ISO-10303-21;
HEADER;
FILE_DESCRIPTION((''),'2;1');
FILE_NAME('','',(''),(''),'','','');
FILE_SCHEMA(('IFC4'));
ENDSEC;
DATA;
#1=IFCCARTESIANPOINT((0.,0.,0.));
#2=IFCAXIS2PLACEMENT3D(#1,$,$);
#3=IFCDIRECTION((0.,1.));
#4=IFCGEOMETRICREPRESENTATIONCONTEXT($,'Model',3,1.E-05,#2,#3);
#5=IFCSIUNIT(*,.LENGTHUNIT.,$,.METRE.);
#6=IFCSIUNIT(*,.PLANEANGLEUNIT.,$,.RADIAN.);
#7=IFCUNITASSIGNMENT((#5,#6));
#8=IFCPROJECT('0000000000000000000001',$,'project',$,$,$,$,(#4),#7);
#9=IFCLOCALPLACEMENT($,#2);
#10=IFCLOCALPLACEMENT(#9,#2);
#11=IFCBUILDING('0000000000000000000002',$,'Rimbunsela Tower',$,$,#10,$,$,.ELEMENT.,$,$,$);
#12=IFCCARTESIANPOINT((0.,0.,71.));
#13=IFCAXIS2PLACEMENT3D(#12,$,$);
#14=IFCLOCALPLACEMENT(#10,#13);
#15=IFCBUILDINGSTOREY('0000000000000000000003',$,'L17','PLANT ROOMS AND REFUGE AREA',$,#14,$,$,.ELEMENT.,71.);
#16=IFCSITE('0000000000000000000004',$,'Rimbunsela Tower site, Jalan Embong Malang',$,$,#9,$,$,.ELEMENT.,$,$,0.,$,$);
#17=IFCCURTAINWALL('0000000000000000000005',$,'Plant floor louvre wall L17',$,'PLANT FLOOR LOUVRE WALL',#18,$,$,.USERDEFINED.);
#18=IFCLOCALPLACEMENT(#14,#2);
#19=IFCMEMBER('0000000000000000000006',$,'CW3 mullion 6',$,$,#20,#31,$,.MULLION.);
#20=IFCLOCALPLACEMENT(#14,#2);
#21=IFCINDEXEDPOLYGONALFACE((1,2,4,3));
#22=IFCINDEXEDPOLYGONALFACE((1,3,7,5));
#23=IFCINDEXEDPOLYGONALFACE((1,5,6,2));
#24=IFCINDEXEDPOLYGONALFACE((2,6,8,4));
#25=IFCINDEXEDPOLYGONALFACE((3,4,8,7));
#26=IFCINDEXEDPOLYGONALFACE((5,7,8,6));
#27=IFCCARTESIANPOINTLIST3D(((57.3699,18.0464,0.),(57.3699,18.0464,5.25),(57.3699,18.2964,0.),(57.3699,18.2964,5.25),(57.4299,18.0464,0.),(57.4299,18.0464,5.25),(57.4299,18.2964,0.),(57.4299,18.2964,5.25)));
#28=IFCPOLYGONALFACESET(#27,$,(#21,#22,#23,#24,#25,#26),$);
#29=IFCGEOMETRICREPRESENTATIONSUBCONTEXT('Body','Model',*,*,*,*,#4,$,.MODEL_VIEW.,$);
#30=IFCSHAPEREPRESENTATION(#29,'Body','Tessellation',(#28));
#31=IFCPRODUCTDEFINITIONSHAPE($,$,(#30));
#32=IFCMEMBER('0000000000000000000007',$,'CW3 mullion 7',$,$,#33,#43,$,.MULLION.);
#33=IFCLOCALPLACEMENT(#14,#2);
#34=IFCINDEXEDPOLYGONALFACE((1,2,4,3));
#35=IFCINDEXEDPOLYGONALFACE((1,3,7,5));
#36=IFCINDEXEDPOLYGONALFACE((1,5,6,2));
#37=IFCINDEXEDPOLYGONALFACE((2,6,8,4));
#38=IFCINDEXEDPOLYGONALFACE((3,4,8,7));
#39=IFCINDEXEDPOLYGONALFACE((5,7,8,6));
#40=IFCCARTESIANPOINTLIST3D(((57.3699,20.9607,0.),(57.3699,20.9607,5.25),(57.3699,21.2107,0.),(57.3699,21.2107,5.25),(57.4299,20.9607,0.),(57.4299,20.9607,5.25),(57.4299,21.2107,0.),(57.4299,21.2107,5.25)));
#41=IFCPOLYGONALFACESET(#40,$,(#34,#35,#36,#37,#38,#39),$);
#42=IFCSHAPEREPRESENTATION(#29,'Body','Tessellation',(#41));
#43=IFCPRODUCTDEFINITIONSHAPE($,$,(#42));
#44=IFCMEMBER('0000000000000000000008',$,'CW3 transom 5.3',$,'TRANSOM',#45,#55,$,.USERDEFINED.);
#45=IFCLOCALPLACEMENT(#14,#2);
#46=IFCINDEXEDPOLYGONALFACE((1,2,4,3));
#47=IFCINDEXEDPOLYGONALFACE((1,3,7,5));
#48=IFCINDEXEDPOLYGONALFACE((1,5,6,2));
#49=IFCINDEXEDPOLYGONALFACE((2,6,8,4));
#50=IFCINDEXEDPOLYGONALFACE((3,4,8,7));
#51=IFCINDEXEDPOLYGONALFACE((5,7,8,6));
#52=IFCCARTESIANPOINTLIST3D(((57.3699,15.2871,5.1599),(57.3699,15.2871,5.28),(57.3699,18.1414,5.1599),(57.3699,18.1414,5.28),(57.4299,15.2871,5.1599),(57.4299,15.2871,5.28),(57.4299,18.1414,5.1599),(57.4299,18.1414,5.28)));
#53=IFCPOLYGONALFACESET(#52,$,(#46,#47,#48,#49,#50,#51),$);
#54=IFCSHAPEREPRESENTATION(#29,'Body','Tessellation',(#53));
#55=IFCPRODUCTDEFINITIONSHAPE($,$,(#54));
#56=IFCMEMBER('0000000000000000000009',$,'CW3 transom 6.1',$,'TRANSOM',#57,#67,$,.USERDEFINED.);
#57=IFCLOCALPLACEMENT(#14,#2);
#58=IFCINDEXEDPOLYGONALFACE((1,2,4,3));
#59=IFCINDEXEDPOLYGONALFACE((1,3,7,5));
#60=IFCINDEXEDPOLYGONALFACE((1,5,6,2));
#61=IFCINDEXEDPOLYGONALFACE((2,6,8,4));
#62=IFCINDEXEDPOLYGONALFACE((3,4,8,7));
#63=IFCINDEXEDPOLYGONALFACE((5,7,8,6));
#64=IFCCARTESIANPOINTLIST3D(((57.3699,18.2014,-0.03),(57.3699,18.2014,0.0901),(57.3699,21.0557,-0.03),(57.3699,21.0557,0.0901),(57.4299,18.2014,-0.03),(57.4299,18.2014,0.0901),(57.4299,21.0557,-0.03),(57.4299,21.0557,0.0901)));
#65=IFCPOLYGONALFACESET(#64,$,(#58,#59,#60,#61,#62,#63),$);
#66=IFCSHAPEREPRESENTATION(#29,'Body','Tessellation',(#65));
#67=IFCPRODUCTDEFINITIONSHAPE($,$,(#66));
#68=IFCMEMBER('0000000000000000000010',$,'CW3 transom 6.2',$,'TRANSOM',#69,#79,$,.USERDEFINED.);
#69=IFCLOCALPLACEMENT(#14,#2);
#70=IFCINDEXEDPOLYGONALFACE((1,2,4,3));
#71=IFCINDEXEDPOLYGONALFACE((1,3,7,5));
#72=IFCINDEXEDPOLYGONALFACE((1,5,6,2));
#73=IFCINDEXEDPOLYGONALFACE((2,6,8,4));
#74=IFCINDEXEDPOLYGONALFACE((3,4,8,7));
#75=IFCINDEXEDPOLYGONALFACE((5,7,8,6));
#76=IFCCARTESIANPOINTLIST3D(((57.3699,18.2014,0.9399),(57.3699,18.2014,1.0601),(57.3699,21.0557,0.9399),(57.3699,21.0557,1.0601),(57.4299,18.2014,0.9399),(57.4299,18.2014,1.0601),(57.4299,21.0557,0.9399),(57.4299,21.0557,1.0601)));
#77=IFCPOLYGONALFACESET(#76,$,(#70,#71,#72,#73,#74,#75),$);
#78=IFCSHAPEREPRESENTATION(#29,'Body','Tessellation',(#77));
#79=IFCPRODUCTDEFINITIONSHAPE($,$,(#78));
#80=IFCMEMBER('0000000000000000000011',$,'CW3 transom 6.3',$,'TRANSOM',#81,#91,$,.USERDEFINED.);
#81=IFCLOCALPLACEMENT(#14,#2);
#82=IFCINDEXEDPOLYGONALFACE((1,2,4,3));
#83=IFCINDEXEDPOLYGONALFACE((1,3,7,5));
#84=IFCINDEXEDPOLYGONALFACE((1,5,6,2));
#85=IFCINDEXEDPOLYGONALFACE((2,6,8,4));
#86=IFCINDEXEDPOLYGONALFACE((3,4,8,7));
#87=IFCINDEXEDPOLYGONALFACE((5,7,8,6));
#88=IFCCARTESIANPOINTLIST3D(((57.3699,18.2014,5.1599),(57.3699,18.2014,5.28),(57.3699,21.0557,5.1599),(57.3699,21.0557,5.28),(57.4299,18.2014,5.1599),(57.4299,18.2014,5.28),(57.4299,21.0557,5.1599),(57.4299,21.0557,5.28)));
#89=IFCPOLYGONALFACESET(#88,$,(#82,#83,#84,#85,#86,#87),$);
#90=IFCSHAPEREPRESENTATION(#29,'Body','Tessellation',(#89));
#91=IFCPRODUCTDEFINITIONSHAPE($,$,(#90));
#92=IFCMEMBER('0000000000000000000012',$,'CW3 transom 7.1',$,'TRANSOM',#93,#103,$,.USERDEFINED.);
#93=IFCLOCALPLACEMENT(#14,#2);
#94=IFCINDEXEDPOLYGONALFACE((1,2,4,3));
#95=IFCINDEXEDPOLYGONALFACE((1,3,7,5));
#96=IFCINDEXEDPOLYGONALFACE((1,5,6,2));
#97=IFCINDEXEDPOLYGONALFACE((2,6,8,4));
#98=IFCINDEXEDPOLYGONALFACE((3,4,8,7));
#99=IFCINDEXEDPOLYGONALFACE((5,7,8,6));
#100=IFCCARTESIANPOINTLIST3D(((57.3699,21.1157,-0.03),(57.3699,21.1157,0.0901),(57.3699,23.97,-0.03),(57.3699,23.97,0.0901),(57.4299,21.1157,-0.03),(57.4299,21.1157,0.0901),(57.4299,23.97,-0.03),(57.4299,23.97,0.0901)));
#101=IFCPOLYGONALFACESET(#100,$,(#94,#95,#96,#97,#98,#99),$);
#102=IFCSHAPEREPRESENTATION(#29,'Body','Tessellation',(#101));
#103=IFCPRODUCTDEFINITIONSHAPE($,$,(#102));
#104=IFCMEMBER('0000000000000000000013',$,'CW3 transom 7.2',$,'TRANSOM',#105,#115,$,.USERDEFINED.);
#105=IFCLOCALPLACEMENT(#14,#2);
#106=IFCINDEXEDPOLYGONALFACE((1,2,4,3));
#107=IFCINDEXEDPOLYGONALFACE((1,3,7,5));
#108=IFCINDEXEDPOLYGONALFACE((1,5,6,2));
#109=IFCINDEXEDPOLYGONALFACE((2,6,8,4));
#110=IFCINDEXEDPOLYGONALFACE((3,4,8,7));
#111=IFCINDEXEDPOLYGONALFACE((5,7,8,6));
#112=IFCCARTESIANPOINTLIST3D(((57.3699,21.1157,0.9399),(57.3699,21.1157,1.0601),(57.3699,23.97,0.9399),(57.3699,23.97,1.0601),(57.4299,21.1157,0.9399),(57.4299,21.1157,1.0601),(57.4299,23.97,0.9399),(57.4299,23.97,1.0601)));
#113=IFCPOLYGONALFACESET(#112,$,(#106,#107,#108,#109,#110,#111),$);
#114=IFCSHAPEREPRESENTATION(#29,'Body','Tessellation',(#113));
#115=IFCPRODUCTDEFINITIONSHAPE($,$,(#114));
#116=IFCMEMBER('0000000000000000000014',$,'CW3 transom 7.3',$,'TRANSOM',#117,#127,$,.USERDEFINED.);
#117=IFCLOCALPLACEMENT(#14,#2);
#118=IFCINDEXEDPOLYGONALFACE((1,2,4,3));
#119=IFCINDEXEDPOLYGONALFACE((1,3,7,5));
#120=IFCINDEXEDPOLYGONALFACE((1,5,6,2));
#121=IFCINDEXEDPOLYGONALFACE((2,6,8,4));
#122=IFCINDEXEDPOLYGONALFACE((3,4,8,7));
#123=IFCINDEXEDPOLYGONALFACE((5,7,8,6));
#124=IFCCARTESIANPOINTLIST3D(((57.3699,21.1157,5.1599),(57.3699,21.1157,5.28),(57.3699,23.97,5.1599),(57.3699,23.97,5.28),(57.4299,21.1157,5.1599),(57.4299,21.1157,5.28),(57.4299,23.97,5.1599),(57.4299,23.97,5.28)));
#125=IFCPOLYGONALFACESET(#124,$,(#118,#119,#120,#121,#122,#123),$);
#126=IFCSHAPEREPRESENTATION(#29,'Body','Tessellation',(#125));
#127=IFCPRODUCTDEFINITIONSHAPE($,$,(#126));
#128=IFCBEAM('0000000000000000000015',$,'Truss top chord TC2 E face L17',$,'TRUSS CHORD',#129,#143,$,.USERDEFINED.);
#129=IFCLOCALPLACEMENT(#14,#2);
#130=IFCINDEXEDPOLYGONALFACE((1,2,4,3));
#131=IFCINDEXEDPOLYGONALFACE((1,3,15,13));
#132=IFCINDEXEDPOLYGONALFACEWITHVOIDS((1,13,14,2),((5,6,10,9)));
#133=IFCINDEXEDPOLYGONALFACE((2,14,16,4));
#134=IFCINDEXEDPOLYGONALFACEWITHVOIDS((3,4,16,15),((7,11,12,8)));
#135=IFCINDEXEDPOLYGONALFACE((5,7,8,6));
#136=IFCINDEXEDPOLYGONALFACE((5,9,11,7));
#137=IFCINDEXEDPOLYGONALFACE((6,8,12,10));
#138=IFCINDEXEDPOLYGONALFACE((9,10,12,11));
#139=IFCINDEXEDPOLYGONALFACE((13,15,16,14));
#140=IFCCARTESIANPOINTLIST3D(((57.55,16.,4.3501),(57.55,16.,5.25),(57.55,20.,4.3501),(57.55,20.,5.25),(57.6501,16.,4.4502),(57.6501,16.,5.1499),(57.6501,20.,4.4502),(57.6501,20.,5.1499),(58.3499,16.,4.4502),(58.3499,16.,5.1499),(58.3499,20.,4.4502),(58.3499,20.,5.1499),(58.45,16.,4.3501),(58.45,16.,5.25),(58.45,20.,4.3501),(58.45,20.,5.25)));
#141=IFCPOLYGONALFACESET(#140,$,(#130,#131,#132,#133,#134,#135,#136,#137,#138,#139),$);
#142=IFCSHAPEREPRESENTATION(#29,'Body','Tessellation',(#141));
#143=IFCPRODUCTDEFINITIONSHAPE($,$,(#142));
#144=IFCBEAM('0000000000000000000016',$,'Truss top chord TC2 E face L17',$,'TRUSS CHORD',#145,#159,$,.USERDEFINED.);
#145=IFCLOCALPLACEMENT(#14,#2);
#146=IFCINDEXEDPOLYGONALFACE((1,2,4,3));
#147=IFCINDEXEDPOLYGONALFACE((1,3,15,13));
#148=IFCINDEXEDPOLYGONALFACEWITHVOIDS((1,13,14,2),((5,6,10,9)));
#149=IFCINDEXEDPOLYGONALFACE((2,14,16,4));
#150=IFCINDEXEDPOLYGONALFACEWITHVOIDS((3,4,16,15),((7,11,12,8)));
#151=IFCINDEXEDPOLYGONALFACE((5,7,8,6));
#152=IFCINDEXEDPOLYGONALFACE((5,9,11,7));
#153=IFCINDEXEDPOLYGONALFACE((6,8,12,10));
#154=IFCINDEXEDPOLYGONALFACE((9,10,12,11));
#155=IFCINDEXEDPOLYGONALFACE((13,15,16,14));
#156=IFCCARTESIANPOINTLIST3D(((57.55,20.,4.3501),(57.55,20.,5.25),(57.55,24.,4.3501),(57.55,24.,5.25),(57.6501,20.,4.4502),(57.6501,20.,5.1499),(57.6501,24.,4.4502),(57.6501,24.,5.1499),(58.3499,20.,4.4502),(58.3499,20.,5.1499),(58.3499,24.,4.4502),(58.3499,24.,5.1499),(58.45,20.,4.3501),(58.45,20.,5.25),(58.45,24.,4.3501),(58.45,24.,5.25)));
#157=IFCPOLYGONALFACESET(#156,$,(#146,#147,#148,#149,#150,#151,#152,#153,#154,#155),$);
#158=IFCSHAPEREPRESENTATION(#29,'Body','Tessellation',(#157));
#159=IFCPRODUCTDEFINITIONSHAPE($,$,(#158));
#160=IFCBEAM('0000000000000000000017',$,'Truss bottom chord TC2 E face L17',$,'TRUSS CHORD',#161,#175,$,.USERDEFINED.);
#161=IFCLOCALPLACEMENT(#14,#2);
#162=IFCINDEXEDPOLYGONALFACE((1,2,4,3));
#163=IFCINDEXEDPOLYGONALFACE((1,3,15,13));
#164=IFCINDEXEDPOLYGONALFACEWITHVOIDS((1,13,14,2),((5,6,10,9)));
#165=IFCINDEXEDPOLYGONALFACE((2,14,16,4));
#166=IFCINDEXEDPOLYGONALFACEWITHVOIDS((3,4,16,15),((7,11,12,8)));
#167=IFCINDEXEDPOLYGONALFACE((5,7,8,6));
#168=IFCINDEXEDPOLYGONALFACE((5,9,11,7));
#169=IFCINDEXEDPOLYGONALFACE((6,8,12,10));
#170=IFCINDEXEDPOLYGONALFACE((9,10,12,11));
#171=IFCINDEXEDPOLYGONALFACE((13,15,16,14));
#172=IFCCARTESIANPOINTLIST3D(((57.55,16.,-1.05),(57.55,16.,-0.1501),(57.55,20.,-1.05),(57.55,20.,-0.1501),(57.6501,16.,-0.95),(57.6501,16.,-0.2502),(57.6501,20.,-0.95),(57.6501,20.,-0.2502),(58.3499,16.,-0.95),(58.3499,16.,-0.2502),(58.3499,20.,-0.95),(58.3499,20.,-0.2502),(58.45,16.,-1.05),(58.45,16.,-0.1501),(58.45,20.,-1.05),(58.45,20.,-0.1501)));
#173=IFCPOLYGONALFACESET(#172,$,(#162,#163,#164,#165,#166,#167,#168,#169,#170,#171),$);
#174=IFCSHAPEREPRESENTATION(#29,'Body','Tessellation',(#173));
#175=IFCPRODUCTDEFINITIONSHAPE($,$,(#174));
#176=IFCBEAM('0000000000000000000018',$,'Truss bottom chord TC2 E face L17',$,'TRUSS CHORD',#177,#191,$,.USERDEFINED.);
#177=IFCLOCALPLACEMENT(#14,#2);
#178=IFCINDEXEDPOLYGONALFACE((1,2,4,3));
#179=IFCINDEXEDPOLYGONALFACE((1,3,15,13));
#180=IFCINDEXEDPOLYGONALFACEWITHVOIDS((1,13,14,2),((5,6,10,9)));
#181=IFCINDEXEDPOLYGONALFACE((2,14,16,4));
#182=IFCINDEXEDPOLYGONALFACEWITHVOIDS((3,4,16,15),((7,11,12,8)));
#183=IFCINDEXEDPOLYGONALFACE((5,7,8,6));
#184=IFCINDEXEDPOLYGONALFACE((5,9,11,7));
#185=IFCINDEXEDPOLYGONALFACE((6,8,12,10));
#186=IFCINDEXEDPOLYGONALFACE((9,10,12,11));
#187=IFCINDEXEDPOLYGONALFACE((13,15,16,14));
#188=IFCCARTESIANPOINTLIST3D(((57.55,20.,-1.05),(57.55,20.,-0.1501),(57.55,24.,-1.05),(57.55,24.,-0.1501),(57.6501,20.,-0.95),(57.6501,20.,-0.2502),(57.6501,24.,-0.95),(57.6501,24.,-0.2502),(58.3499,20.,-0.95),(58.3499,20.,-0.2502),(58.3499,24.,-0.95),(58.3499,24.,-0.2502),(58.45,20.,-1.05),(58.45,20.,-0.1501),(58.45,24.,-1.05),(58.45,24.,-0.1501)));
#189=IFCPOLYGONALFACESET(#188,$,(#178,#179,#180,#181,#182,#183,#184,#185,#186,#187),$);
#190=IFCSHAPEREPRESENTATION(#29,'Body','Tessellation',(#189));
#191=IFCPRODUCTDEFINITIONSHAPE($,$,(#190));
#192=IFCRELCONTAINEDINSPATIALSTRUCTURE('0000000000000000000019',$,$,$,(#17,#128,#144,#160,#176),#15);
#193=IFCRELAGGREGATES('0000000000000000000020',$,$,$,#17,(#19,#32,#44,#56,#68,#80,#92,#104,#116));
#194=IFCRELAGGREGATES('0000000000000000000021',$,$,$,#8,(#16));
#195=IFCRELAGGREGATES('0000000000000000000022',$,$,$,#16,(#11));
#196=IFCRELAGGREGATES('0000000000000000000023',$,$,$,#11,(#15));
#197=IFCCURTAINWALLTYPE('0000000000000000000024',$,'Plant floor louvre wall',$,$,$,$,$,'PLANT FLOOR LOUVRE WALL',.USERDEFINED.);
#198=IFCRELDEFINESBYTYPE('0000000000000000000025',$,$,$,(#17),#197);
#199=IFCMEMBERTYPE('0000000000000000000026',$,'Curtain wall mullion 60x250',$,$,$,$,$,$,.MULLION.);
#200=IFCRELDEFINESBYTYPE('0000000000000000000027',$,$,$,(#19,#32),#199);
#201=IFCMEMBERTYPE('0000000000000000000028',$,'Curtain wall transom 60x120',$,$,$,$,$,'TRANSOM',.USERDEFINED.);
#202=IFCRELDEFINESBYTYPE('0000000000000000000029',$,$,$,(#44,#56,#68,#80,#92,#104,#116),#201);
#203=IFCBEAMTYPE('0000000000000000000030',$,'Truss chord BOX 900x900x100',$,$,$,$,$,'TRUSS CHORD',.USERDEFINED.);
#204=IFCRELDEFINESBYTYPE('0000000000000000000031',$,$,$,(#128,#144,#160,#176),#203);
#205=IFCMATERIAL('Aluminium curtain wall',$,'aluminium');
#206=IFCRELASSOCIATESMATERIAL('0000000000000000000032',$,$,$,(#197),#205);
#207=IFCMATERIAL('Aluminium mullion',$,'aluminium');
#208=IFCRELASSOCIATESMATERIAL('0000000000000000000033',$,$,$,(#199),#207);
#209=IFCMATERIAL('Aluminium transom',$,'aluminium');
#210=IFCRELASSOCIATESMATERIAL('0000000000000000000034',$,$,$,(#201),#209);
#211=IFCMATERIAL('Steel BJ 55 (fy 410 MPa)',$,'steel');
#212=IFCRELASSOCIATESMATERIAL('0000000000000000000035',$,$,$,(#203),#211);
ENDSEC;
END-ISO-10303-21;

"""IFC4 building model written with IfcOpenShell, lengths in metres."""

from ifc_helpers import new_model, si_unit, direction, frame, origin, origin_2d, place, context, subcontext, project, spatial, rectangle, hollow_rectangle, extrude, material, material_profile, profile_set, type_object, element, aggregate, save


model = new_model("IFC4")

# Units and contexts
model_context = context("Model", 3, precision=1e-05, world=origin(), true_north=direction((0.0, 1.0)))
body_context = subcontext(model_context, "Body", "Model", "MODEL_VIEW")
ifc_project = project(units=[si_unit("LENGTHUNIT", "METRE"), si_unit("PLANEANGLEUNIT", "RADIAN")], contexts=[model_context])

# Site, building, storey
site_placement = place(None, origin())
site = spatial("IfcSite", under=ifc_project, at=site_placement, Name="Rimbunsela Tower site, Jalan Embong Malang", CompositionType="ELEMENT", RefElevation=0.0)
building_placement = place(site_placement, origin())
building = spatial("IfcBuilding", under=site, at=building_placement, Name="Rimbunsela Tower", CompositionType="ELEMENT")
storey_placement = place(building_placement, frame((0.0, 0.0, 71.0)))
storey = spatial("IfcBuildingStorey", under=building, at=storey_placement, Name="L17", Description="PLANT ROOMS AND REFUGE AREA", CompositionType="ELEMENT", Elevation=71.0)

# Curtain wall, members
ifc_material_1 = material(Name="Aluminium curtain wall", Category="aluminium")
curtain_wall_type = type_object("IfcCurtainWallType", Name="Plant floor louvre wall", ElementType="PLANT FLOOR LOUVRE WALL", PredefinedType="USERDEFINED", material=ifc_material_1)
curtain_wall_placement = place(storey_placement, origin())
curtain_wall = element("IfcCurtainWall", 1, at=curtain_wall_placement, inside=storey, type_object=curtain_wall_type, Name="Plant floor louvre wall L17", ObjectType="PLANT FLOOR LOUVRE WALL", PredefinedType="USERDEFINED")
ifc_material_2 = material(Name="Aluminium mullion", Category="aluminium")
ifc_material_profile_1 = material_profile(ifc_material_2, rectangle(XDim=0.0601, YDim=0.25, at=origin_2d()), Name="Mullion 60x250")
ifc_profile_set_1 = profile_set([ifc_material_profile_1], Name="Aluminium mullion")
member_type_1 = type_object("IfcMemberType", Name="Curtain wall mullion 60x250", PredefinedType="MULLION", material=ifc_profile_set_1)
member_1_placement = place(storey_placement, frame((57.3999, 18.1714, 0.0), z_axis=(0.0, 0.0, 1.0), x_axis=(-1.0, 0.0, 0.0)))
member_1 = element("IfcMember", 2, at=member_1_placement, type_object=member_type_1, Name="CW3 mullion 6", PredefinedType="MULLION", context=body_context, shape_type="SweptSolid", body=[
    extrude(rectangle(XDim=0.0601, YDim=0.25, at=origin_2d()), origin(), (0.0, 0.0, 1.0), 5.25),
])
member_2_placement = place(storey_placement, frame((57.3999, 21.0857, 0.0), z_axis=(0.0, 0.0, 1.0), x_axis=(-1.0, 0.0, 0.0)))
member_2 = element("IfcMember", 3, at=member_2_placement, type_object=member_type_1, Name="CW3 mullion 7", PredefinedType="MULLION", context=body_context, shape_type="SweptSolid", body=[
    extrude(rectangle(XDim=0.0601, YDim=0.25, at=origin_2d()), origin(), (0.0, 0.0, 1.0), 5.25),
])
ifc_material_3 = material(Name="Aluminium transom", Category="aluminium")
ifc_material_profile_2 = material_profile(ifc_material_3, rectangle(XDim=0.0601, YDim=0.1201, at=origin_2d()), Name="Transom 60x120")
ifc_profile_set_2 = profile_set([ifc_material_profile_2], Name="Aluminium transom")
member_type_2 = type_object("IfcMemberType", Name="Curtain wall transom 60x120", ElementType="TRANSOM", PredefinedType="USERDEFINED", material=ifc_profile_set_2)
member_3_placement = place(storey_placement, frame((57.3999, 15.2871, 5.22), z_axis=(0.0, 1.0, 0.0), x_axis=(-1.0, 0.0, 0.0)))
member_3 = element("IfcMember", 4, at=member_3_placement, type_object=member_type_2, Name="CW3 transom 5.3", ObjectType="TRANSOM", PredefinedType="USERDEFINED", context=body_context, shape_type="SweptSolid", body=[
    extrude(rectangle(XDim=0.0601, YDim=0.1201, at=origin_2d()), origin(), (0.0, 0.0, 1.0), 2.8542),
])
member_4_placement = place(storey_placement, frame((57.3999, 18.2014, 0.03), z_axis=(0.0, 1.0, 0.0), x_axis=(-1.0, 0.0, 0.0)))
member_4 = element("IfcMember", 5, at=member_4_placement, type_object=member_type_2, Name="CW3 transom 6.1", ObjectType="TRANSOM", PredefinedType="USERDEFINED", context=body_context, shape_type="SweptSolid", body=[
    extrude(rectangle(XDim=0.0601, YDim=0.1201, at=origin_2d()), origin(), (0.0, 0.0, 1.0), 2.8542),
])
member_5_placement = place(storey_placement, frame((57.3999, 18.2014, 1.0), z_axis=(0.0, 1.0, 0.0), x_axis=(-1.0, 0.0, 0.0)))
member_5 = element("IfcMember", 6, at=member_5_placement, type_object=member_type_2, Name="CW3 transom 6.2", ObjectType="TRANSOM", PredefinedType="USERDEFINED", context=body_context, shape_type="SweptSolid", body=[
    extrude(rectangle(XDim=0.0601, YDim=0.1201, at=origin_2d()), origin(), (0.0, 0.0, 1.0), 2.8542),
])
member_6_placement = place(storey_placement, frame((57.3999, 18.2014, 5.22), z_axis=(0.0, 1.0, 0.0), x_axis=(-1.0, 0.0, 0.0)))
member_6 = element("IfcMember", 7, at=member_6_placement, type_object=member_type_2, Name="CW3 transom 6.3", ObjectType="TRANSOM", PredefinedType="USERDEFINED", context=body_context, shape_type="SweptSolid", body=[
    extrude(rectangle(XDim=0.0601, YDim=0.1201, at=origin_2d()), origin(), (0.0, 0.0, 1.0), 2.8542),
])
member_7_placement = place(storey_placement, frame((57.3999, 21.1157, 0.03), z_axis=(0.0, 1.0, 0.0), x_axis=(-1.0, 0.0, 0.0)))
member_7 = element("IfcMember", 8, at=member_7_placement, type_object=member_type_2, Name="CW3 transom 7.1", ObjectType="TRANSOM", PredefinedType="USERDEFINED", context=body_context, shape_type="SweptSolid", body=[
    extrude(rectangle(XDim=0.0601, YDim=0.1201, at=origin_2d()), origin(), (0.0, 0.0, 1.0), 2.8542),
])
member_8_placement = place(storey_placement, frame((57.3999, 21.1157, 1.0), z_axis=(0.0, 1.0, 0.0), x_axis=(-1.0, 0.0, 0.0)))
member_8 = element("IfcMember", 9, at=member_8_placement, type_object=member_type_2, Name="CW3 transom 7.2", ObjectType="TRANSOM", PredefinedType="USERDEFINED", context=body_context, shape_type="SweptSolid", body=[
    extrude(rectangle(XDim=0.0601, YDim=0.1201, at=origin_2d()), origin(), (0.0, 0.0, 1.0), 2.8542),
])
member_9_placement = place(storey_placement, frame((57.3999, 21.1157, 5.22), z_axis=(0.0, 1.0, 0.0), x_axis=(-1.0, 0.0, 0.0)))
member_9 = element("IfcMember", 10, at=member_9_placement, type_object=member_type_2, Name="CW3 transom 7.3", ObjectType="TRANSOM", PredefinedType="USERDEFINED", context=body_context, shape_type="SweptSolid", body=[
    extrude(rectangle(XDim=0.0601, YDim=0.1201, at=origin_2d()), origin(), (0.0, 0.0, 1.0), 2.8542),
])

# Beams
ifc_material_4 = material(Name="Steel BJ 55 (fy 410 MPa)", Category="steel")
ifc_material_profile_3 = material_profile(ifc_material_4, hollow_rectangle(XDim=0.8999, YDim=0.8999, WallThickness=0.1001, at=origin_2d()), Name="BOX 900x900x100")
ifc_profile_set_3 = profile_set([ifc_material_profile_3], Name="Steel BJ 55 (fy 410 MPa)")
beam_type = type_object("IfcBeamType", Name="Truss chord BOX 900x900x100", ElementType="TRUSS CHORD", PredefinedType="USERDEFINED", material=ifc_profile_set_3)
for number, where, z_axis, x_axis, name in (
    (11, (58.0, 16.0, 4.8), (0.0, 1.0, 0.0), (-1.0, 0.0, 0.0), "Truss top chord TC2 E face L17"),
    (12, (58.0, 20.0, 4.8), (0.0, 1.0, 0.0), (-1.0, 0.0, 0.0), "Truss top chord TC2 E face L17"),
    (13, (58.0, 16.0, -0.6001), (0.0, 1.0, 0.0), (-1.0, 0.0, 0.0), "Truss bottom chord TC2 E face L17"),
    (14, (58.0, 20.0, -0.6001), (0.0, 1.0, 0.0), (-1.0, 0.0, 0.0), "Truss bottom chord TC2 E face L17"),
):
    element("IfcBeam", number, at=place(storey_placement, frame(where, z_axis=z_axis, x_axis=x_axis)), inside=storey, type_object=beam_type, Name=name, ObjectType="TRUSS CHORD", PredefinedType="USERDEFINED", context=body_context, shape_type="SweptSolid", body=[
        extrude(hollow_rectangle(XDim=0.8999, YDim=0.8999, WallThickness=0.1001, at=origin_2d()), origin(), (0.0, 0.0, 1.0), 4.0),
    ])

aggregate(curtain_wall, [member_1, member_2, member_3, member_4, member_5, member_6, member_7, member_8, member_9])

save(model, "model.ifc")
